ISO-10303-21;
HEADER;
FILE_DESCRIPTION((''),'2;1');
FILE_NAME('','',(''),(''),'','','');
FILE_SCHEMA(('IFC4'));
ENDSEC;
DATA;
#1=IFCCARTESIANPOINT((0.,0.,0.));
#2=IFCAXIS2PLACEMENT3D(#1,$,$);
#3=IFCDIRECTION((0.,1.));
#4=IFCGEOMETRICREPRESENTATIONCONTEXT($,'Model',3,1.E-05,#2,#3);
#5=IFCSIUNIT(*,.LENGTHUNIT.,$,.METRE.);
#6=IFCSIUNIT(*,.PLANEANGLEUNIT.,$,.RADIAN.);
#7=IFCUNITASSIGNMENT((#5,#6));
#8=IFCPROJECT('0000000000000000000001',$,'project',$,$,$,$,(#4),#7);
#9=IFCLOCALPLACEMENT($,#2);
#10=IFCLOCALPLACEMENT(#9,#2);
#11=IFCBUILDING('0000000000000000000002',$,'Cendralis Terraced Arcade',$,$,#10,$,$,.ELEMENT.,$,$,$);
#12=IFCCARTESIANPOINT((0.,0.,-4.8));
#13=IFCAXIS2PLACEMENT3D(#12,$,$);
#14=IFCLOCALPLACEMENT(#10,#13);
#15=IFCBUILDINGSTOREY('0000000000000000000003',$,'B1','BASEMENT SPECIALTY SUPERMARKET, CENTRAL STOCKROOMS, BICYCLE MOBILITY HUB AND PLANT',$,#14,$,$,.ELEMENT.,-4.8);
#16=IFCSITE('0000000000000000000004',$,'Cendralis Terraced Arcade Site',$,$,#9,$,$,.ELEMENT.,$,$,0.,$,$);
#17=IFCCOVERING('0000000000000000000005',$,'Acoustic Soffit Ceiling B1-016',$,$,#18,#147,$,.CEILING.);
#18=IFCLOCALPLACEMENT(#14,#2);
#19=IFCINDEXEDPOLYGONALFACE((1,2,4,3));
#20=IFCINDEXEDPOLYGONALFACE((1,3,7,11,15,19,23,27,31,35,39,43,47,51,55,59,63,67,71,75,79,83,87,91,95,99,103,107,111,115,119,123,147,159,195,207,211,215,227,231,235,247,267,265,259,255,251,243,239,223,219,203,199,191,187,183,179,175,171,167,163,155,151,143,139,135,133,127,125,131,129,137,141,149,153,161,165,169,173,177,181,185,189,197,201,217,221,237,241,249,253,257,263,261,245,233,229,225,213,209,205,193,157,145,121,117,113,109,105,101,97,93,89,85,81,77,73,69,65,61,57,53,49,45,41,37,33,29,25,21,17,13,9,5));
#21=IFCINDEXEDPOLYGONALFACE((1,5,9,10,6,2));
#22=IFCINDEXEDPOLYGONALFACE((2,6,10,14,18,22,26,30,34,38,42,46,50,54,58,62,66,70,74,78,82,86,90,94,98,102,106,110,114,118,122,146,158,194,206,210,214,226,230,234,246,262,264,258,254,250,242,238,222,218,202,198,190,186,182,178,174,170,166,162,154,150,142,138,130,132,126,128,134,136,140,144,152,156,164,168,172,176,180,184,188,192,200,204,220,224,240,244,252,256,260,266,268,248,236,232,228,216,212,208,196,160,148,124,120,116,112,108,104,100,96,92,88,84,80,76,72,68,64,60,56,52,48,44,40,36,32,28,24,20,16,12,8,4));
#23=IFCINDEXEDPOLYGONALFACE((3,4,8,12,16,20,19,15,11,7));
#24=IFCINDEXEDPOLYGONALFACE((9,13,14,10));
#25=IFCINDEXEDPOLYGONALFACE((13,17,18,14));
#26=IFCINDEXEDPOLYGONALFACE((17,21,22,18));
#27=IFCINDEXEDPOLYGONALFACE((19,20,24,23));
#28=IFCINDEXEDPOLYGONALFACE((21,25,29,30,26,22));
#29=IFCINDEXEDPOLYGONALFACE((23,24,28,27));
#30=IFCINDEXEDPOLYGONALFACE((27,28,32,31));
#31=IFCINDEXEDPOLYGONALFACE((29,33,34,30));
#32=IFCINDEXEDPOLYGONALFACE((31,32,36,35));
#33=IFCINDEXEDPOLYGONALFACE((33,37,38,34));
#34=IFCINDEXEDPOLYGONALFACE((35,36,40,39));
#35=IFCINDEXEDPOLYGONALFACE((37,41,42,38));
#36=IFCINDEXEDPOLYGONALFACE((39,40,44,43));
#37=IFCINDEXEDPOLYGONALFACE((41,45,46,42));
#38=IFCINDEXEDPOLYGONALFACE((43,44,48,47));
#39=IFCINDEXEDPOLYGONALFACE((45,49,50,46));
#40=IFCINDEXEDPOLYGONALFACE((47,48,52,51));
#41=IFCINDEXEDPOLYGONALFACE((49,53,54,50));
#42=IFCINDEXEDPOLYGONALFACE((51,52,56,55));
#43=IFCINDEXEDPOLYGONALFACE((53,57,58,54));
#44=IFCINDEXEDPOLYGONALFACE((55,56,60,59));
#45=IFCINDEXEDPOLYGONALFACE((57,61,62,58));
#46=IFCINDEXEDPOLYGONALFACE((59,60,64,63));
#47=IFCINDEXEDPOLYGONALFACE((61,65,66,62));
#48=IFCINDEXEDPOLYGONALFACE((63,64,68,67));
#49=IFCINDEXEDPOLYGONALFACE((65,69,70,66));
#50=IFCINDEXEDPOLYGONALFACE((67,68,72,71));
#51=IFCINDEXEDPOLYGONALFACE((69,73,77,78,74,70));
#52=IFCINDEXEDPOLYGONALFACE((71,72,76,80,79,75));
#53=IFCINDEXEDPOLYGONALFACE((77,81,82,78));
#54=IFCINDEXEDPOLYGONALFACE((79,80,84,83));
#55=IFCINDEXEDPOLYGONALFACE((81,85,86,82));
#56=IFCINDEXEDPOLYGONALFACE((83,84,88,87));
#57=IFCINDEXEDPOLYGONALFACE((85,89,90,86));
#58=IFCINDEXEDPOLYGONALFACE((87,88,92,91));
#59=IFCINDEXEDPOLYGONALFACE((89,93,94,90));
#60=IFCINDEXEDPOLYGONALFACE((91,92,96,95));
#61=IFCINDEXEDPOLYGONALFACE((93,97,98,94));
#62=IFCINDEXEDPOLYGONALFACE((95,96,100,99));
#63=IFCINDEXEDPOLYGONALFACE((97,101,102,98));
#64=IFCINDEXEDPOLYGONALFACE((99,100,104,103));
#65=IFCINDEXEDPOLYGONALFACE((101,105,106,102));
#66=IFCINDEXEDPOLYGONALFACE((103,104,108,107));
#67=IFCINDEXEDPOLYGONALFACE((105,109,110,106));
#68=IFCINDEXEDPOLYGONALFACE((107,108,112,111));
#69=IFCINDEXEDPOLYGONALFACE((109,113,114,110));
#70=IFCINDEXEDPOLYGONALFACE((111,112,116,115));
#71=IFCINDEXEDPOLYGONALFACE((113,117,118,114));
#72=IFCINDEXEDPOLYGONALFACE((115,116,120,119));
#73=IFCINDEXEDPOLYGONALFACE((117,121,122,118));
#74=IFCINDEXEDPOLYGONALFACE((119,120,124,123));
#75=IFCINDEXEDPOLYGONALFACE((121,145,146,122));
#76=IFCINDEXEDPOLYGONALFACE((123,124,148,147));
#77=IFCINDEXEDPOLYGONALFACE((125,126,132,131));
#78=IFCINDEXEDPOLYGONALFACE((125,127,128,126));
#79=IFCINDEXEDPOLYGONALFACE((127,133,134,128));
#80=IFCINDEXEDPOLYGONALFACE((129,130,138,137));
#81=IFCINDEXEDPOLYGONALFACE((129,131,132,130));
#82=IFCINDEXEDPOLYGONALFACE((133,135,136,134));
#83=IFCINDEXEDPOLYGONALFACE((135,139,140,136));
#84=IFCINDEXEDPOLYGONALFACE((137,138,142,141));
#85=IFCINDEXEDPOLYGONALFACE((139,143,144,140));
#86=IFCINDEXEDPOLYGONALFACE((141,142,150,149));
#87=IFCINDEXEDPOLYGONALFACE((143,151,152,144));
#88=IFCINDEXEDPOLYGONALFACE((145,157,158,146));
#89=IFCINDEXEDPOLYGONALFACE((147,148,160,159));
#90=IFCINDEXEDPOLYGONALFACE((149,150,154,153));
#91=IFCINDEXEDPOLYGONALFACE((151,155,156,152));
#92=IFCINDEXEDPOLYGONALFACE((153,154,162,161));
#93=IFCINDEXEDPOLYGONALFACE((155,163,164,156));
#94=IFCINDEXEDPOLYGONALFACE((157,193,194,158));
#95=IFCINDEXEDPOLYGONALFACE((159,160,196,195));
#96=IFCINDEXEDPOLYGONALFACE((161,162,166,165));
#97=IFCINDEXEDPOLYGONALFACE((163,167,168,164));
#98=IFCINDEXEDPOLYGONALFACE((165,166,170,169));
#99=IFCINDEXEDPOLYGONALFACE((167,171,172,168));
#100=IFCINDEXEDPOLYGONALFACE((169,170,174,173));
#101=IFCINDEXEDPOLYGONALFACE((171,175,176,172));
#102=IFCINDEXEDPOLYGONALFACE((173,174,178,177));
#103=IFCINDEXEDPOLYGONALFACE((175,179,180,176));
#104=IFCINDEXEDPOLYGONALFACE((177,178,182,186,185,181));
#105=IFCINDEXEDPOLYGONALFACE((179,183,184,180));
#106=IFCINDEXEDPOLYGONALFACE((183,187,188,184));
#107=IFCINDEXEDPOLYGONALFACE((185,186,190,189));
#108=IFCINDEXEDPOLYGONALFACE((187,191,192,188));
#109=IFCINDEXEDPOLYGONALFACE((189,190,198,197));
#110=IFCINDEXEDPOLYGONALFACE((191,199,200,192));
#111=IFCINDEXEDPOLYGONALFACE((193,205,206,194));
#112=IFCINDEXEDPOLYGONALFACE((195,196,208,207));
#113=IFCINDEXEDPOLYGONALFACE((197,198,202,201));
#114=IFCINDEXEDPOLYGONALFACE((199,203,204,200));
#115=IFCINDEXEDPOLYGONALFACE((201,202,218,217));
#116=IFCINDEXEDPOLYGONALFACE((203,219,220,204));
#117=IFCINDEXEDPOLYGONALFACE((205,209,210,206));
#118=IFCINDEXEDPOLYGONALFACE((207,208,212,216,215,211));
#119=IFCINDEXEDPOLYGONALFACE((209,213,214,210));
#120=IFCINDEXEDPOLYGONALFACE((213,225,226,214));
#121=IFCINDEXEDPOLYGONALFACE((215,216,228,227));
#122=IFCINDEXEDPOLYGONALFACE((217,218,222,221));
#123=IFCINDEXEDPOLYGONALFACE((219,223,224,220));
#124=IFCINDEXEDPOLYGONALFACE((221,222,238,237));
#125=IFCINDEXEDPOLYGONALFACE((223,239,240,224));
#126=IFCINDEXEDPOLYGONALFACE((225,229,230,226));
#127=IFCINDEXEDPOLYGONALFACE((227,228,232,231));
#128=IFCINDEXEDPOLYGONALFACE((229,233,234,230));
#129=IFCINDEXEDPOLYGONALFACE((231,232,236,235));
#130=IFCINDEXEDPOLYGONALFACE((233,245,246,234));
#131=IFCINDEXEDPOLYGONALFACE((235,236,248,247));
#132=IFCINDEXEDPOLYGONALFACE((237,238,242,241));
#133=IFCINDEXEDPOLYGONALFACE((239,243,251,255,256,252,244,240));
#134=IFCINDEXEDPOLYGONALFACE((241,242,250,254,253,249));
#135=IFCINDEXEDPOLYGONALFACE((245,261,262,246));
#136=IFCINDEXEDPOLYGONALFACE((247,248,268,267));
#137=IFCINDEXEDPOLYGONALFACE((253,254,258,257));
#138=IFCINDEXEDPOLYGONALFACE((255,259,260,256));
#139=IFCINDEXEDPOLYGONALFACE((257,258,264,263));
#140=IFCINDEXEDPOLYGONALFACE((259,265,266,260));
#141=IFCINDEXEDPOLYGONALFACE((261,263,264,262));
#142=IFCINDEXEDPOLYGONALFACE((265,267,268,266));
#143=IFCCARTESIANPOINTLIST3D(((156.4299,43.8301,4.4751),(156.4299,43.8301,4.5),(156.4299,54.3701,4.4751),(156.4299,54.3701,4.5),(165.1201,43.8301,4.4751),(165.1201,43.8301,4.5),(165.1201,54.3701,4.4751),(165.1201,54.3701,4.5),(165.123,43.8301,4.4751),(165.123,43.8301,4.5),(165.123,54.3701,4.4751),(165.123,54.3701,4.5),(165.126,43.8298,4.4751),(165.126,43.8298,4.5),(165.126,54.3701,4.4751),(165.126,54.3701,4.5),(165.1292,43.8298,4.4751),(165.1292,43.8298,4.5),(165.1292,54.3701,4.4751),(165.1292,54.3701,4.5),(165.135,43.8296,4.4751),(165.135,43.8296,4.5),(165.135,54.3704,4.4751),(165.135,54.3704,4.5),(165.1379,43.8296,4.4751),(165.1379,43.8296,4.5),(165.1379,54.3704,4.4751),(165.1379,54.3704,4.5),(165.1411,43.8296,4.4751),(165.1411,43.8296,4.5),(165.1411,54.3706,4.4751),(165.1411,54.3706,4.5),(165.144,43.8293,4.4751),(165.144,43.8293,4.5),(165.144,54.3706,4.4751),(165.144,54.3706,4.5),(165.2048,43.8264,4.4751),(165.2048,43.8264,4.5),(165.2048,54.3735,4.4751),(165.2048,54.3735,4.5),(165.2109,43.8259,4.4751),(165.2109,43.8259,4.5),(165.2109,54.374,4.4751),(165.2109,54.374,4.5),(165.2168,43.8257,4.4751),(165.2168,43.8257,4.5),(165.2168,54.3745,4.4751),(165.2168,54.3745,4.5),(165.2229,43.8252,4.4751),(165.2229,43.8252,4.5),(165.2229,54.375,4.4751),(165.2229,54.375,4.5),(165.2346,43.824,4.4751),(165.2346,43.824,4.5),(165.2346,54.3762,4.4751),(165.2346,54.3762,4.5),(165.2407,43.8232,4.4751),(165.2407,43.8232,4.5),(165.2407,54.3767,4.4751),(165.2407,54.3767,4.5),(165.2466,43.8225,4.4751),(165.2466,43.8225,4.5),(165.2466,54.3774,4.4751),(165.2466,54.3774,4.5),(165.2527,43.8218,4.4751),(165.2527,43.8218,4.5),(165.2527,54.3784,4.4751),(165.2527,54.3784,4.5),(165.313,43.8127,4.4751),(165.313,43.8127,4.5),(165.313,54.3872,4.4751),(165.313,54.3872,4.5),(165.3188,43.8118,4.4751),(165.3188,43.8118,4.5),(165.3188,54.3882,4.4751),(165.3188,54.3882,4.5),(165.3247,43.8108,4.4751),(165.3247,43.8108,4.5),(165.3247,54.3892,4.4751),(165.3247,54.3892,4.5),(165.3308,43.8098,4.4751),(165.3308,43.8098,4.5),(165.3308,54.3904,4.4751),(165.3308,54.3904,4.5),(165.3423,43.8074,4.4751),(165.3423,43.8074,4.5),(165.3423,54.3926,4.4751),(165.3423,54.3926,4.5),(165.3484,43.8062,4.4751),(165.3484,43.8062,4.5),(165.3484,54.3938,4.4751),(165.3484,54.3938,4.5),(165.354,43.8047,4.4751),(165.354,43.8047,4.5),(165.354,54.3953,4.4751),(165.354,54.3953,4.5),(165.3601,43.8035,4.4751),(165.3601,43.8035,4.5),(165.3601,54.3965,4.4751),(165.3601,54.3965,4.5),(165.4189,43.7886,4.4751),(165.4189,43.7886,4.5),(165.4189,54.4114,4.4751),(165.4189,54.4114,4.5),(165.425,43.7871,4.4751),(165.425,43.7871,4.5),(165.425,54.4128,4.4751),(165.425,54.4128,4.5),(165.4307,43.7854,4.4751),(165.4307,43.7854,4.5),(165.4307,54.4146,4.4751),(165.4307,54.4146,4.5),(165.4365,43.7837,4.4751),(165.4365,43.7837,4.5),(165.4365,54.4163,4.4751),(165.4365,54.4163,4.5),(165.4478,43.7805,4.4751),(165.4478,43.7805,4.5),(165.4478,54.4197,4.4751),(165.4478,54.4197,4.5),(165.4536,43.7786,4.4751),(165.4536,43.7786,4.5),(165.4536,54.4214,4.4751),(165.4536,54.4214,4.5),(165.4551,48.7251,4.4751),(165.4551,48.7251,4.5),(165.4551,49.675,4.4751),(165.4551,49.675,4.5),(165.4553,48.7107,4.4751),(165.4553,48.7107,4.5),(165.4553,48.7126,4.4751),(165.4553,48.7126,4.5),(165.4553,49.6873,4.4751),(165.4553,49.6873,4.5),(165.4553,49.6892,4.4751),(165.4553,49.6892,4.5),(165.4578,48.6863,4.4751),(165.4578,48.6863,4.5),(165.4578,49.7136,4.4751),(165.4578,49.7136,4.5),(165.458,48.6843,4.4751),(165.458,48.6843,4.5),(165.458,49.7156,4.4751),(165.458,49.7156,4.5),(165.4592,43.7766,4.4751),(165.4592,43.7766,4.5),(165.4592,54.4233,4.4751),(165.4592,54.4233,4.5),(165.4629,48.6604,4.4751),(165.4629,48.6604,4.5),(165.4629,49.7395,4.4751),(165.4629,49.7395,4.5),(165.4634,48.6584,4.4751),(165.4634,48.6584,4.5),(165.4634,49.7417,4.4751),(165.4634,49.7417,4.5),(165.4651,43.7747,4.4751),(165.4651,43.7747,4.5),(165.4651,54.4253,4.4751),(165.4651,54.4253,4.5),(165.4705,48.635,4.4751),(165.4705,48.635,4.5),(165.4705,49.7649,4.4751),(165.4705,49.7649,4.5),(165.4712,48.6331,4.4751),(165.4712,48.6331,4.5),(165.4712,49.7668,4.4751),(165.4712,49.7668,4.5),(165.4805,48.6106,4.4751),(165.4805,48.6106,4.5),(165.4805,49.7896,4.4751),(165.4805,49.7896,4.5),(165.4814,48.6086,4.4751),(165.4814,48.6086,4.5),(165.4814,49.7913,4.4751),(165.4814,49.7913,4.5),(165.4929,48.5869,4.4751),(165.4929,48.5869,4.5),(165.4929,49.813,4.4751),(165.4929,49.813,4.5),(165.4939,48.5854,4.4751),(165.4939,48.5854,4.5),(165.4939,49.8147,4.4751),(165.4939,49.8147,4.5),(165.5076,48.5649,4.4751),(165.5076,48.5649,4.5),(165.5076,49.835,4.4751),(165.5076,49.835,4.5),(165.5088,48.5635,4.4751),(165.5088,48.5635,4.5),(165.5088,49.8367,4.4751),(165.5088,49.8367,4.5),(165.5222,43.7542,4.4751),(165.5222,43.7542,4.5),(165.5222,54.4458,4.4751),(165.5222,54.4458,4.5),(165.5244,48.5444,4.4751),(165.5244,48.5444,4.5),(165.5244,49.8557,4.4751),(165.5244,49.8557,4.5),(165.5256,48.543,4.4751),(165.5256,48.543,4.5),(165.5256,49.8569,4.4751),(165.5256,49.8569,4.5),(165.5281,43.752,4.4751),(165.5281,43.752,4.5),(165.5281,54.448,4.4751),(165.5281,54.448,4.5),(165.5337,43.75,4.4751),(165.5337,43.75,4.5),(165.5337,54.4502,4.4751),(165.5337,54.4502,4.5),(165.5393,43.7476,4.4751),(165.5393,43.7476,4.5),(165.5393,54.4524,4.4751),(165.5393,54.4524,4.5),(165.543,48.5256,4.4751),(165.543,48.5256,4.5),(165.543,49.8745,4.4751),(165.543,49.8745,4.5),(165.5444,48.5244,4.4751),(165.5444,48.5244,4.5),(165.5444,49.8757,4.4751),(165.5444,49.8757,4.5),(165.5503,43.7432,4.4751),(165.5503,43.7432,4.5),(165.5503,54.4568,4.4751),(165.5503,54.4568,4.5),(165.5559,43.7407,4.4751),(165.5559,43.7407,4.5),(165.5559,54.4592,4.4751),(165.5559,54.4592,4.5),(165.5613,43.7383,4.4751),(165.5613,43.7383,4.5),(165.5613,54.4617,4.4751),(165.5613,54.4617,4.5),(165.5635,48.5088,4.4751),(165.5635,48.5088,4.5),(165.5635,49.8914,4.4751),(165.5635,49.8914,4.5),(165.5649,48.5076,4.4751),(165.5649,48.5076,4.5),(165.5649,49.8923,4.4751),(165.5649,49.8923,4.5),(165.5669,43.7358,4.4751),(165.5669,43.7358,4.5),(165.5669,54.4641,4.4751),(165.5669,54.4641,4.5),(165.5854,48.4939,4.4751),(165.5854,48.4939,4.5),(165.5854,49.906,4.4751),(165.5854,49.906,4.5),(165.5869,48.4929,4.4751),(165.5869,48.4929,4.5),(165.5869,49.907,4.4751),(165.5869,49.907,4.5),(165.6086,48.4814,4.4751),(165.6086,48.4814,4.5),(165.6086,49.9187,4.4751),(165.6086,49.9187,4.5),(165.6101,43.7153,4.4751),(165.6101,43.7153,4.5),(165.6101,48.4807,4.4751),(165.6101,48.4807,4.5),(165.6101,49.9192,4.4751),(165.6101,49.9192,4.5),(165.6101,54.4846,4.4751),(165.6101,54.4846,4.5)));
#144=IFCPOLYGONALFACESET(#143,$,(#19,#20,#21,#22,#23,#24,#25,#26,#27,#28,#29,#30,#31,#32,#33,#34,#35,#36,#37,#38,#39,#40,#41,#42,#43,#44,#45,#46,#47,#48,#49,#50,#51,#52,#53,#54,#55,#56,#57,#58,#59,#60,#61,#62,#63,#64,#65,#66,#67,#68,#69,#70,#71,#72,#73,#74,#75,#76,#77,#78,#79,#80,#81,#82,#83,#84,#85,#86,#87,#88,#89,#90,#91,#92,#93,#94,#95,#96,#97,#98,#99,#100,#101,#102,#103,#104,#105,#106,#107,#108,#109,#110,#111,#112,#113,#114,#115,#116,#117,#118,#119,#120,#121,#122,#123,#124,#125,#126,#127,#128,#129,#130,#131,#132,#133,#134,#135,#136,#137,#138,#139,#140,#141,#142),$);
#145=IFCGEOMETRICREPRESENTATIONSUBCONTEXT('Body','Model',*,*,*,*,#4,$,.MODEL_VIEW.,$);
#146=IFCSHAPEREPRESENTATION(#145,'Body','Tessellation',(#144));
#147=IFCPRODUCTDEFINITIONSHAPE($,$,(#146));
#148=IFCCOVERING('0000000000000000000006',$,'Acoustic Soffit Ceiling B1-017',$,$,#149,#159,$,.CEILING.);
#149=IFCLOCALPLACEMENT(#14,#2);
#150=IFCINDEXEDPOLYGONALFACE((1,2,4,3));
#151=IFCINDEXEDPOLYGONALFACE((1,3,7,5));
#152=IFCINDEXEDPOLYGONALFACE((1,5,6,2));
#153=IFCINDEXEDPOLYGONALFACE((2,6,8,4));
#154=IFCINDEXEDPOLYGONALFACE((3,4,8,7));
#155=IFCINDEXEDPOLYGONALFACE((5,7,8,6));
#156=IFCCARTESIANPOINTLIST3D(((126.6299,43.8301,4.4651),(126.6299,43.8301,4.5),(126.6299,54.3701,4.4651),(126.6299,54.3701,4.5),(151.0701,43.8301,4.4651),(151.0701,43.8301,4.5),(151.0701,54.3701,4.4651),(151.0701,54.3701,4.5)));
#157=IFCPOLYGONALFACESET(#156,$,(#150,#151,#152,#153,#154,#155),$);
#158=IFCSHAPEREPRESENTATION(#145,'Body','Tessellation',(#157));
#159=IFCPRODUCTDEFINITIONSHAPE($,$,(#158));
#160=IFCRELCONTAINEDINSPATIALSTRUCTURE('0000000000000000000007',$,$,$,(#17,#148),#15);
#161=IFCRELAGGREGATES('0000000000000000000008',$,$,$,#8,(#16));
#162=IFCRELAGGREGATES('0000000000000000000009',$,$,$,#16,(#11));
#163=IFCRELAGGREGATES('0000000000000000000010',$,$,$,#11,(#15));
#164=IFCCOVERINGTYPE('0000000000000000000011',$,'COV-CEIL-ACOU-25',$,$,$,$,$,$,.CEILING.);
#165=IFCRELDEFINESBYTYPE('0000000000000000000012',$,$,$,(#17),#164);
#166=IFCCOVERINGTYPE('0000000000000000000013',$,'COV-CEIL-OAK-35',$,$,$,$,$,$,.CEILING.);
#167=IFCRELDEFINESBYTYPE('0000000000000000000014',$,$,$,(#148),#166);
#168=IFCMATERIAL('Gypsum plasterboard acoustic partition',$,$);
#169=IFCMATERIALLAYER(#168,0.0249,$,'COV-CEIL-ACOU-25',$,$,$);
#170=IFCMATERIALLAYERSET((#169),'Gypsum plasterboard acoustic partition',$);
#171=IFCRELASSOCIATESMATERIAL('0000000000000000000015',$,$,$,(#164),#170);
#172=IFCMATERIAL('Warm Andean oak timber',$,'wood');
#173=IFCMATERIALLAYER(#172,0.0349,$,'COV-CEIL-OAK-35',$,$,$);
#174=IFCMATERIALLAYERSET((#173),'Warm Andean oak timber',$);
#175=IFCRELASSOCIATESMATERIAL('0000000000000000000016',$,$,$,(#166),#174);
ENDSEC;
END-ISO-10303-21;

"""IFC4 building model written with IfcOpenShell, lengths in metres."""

from ifc_helpers import new_model, si_unit, direction, frame, origin, place, context, subcontext, project, spatial, polyline, outline, extrude, material, layer, layer_set, type_object, element, save


model = new_model("IFC4")

# Units and contexts
model_context = context("Model", 3, precision=1e-05, world=origin(), true_north=direction((0.0, 1.0)))
body_context = subcontext(model_context, "Body", "Model", "MODEL_VIEW")
ifc_project = project(units=[si_unit("LENGTHUNIT", "METRE"), si_unit("PLANEANGLEUNIT", "RADIAN")], contexts=[model_context])

# Site, building, storey
site_placement = place(None, origin())
site = spatial("IfcSite", under=ifc_project, at=site_placement, Name="Cendralis Terraced Arcade Site", CompositionType="ELEMENT", RefElevation=0.0)
building_placement = place(site_placement, origin())
building = spatial("IfcBuilding", under=site, at=building_placement, Name="Cendralis Terraced Arcade", CompositionType="ELEMENT")
storey_placement = place(building_placement, frame((0.0, 0.0, -4.8)))
storey = spatial("IfcBuildingStorey", under=building, at=storey_placement, Name="B1", Description="BASEMENT SPECIALTY SUPERMARKET, CENTRAL STOCKROOMS, BICYCLE MOBILITY HUB AND PLANT", CompositionType="ELEMENT", Elevation=-4.8)

# Coverings
ifc_material_1 = material(Name="Gypsum plasterboard acoustic partition")
ifc_layer_1 = layer(ifc_material_1, 0.0249, Name="COV-CEIL-ACOU-25")
ifc_layer_set_1 = layer_set([ifc_layer_1], Name="Gypsum plasterboard acoustic partition")
covering_type_1 = type_object("IfcCoveringType", Name="COV-CEIL-ACOU-25", PredefinedType="CEILING", material=ifc_layer_set_1)
covering_1_placement = place(storey_placement, frame((0.0, 0.0, 4.4751)))
element("IfcCovering", 1, at=covering_1_placement, inside=storey, type_object=covering_type_1, Name="Acoustic Soffit Ceiling B1-016", PredefinedType="CEILING", context=body_context, shape_type="SweptSolid", body=[
    extrude(outline(polyline([(165.5669, 43.7358), (165.5613, 43.7383), (165.5559, 43.7407), (165.5503, 43.7432), (165.5393, 43.7476), (165.5337, 43.75), (165.5281, 43.752), (165.5222, 43.7542), (165.4651, 43.7747), (165.4592, 43.7766), (165.4536, 43.7786), (165.4478, 43.7805), (165.4365, 43.7837), (165.4307, 43.7854), (165.425, 43.7871), (165.4189, 43.7886), (165.3601, 43.8035), (165.354, 43.8047), (165.3484, 43.8062), (165.3423, 43.8074), (165.3308, 43.8098), (165.3247, 43.8108), (165.3188, 43.8118), (165.313, 43.8127), (165.2527, 43.8218), (165.2466, 43.8225), (165.2407, 43.8232), (165.2346, 43.824), (165.2229, 43.8252), (165.2168, 43.8257), (165.2109, 43.8259), (165.2048, 43.8264), (165.144, 43.8293), (165.1411, 43.8296), (165.1379, 43.8296), (165.135, 43.8296), (165.1292, 43.8298), (165.126, 43.8298), (165.123, 43.8301), (165.1201, 43.8301), (156.4299, 43.8301), (156.4299, 54.3701), (165.1201, 54.3701), (165.123, 54.3701), (165.126, 54.3701), (165.1292, 54.3701), (165.135, 54.3704), (165.1379, 54.3704), (165.1411, 54.3706), (165.144, 54.3706), (165.2048, 54.3735), (165.2109, 54.374), (165.2168, 54.3745), (165.2229, 54.375), (165.2346, 54.3762), (165.2407, 54.3767), (165.2466, 54.3774), (165.2527, 54.3784), (165.313, 54.3872), (165.3188, 54.3882), (165.3247, 54.3892), (165.3308, 54.3904), (165.3423, 54.3926), (165.3484, 54.3938), (165.354, 54.3953), (165.3601, 54.3965), (165.4189, 54.4114), (165.425, 54.4128), (165.4307, 54.4146), (165.4365, 54.4163), (165.4478, 54.4197), (165.4536, 54.4214), (165.4592, 54.4233), (165.4651, 54.4253), (165.5222, 54.4458), (165.5281, 54.448), (165.5337, 54.4502), (165.5393, 54.4524), (165.5503, 54.4568), (165.5559, 54.4592), (165.5613, 54.4617), (165.5669, 54.4641), (165.6101, 54.4846), (165.6101, 49.9192), (165.6086, 49.9187), (165.5869, 49.907), (165.5854, 49.906), (165.5649, 49.8923), (165.5635, 49.8914), (165.5444, 49.8757), (165.543, 49.8745), (165.5256, 49.8569), (165.5244, 49.8557), (165.5088, 49.8367), (165.5076, 49.835), (165.4939, 49.8147), (165.4929, 49.813), (165.4814, 49.7913), (165.4805, 49.7896), (165.4712, 49.7668), (165.4705, 49.7649), (165.4634, 49.7417), (165.4629, 49.7395), (165.458, 49.7156), (165.4578, 49.7136), (165.4553, 49.6892), (165.4553, 49.6873), (165.4551, 49.675), (165.4551, 48.7251), (165.4553, 48.7126), (165.4553, 48.7107), (165.4578, 48.6863), (165.458, 48.6843), (165.4629, 48.6604), (165.4634, 48.6584), (165.4705, 48.635), (165.4712, 48.6331), (165.4805, 48.6106), (165.4814, 48.6086), (165.4929, 48.5869), (165.4939, 48.5854), (165.5076, 48.5649), (165.5088, 48.5635), (165.5244, 48.5444), (165.5256, 48.543), (165.543, 48.5256), (165.5444, 48.5244), (165.5635, 48.5088), (165.5649, 48.5076), (165.5854, 48.4939), (165.5869, 48.4929), (165.6086, 48.4814), (165.6101, 48.4807), (165.6101, 43.7153), (165.5669, 43.7358)])), origin(), (0.0, 0.0, 1.0), 0.0249),
])
ifc_material_2 = material(Name="Warm Andean oak timber", Category="wood")
ifc_layer_2 = layer(ifc_material_2, 0.0349, Name="COV-CEIL-OAK-35")
ifc_layer_set_2 = layer_set([ifc_layer_2], Name="Warm Andean oak timber")
covering_type_2 = type_object("IfcCoveringType", Name="COV-CEIL-OAK-35", PredefinedType="CEILING", material=ifc_layer_set_2)
covering_2_placement = place(storey_placement, frame((0.0, 0.0, 4.4651)))
element("IfcCovering", 2, at=covering_2_placement, inside=storey, type_object=covering_type_2, Name="Acoustic Soffit Ceiling B1-017", PredefinedType="CEILING", context=body_context, shape_type="SweptSolid", body=[
    extrude(outline(polyline([(151.0701, 54.3701), (151.0701, 43.8301), (126.6299, 43.8301), (126.6299, 54.3701), (151.0701, 54.3701)])), origin(), (0.0, 0.0, 1.0), 0.0349),
])

save(model, "model.ifc")
